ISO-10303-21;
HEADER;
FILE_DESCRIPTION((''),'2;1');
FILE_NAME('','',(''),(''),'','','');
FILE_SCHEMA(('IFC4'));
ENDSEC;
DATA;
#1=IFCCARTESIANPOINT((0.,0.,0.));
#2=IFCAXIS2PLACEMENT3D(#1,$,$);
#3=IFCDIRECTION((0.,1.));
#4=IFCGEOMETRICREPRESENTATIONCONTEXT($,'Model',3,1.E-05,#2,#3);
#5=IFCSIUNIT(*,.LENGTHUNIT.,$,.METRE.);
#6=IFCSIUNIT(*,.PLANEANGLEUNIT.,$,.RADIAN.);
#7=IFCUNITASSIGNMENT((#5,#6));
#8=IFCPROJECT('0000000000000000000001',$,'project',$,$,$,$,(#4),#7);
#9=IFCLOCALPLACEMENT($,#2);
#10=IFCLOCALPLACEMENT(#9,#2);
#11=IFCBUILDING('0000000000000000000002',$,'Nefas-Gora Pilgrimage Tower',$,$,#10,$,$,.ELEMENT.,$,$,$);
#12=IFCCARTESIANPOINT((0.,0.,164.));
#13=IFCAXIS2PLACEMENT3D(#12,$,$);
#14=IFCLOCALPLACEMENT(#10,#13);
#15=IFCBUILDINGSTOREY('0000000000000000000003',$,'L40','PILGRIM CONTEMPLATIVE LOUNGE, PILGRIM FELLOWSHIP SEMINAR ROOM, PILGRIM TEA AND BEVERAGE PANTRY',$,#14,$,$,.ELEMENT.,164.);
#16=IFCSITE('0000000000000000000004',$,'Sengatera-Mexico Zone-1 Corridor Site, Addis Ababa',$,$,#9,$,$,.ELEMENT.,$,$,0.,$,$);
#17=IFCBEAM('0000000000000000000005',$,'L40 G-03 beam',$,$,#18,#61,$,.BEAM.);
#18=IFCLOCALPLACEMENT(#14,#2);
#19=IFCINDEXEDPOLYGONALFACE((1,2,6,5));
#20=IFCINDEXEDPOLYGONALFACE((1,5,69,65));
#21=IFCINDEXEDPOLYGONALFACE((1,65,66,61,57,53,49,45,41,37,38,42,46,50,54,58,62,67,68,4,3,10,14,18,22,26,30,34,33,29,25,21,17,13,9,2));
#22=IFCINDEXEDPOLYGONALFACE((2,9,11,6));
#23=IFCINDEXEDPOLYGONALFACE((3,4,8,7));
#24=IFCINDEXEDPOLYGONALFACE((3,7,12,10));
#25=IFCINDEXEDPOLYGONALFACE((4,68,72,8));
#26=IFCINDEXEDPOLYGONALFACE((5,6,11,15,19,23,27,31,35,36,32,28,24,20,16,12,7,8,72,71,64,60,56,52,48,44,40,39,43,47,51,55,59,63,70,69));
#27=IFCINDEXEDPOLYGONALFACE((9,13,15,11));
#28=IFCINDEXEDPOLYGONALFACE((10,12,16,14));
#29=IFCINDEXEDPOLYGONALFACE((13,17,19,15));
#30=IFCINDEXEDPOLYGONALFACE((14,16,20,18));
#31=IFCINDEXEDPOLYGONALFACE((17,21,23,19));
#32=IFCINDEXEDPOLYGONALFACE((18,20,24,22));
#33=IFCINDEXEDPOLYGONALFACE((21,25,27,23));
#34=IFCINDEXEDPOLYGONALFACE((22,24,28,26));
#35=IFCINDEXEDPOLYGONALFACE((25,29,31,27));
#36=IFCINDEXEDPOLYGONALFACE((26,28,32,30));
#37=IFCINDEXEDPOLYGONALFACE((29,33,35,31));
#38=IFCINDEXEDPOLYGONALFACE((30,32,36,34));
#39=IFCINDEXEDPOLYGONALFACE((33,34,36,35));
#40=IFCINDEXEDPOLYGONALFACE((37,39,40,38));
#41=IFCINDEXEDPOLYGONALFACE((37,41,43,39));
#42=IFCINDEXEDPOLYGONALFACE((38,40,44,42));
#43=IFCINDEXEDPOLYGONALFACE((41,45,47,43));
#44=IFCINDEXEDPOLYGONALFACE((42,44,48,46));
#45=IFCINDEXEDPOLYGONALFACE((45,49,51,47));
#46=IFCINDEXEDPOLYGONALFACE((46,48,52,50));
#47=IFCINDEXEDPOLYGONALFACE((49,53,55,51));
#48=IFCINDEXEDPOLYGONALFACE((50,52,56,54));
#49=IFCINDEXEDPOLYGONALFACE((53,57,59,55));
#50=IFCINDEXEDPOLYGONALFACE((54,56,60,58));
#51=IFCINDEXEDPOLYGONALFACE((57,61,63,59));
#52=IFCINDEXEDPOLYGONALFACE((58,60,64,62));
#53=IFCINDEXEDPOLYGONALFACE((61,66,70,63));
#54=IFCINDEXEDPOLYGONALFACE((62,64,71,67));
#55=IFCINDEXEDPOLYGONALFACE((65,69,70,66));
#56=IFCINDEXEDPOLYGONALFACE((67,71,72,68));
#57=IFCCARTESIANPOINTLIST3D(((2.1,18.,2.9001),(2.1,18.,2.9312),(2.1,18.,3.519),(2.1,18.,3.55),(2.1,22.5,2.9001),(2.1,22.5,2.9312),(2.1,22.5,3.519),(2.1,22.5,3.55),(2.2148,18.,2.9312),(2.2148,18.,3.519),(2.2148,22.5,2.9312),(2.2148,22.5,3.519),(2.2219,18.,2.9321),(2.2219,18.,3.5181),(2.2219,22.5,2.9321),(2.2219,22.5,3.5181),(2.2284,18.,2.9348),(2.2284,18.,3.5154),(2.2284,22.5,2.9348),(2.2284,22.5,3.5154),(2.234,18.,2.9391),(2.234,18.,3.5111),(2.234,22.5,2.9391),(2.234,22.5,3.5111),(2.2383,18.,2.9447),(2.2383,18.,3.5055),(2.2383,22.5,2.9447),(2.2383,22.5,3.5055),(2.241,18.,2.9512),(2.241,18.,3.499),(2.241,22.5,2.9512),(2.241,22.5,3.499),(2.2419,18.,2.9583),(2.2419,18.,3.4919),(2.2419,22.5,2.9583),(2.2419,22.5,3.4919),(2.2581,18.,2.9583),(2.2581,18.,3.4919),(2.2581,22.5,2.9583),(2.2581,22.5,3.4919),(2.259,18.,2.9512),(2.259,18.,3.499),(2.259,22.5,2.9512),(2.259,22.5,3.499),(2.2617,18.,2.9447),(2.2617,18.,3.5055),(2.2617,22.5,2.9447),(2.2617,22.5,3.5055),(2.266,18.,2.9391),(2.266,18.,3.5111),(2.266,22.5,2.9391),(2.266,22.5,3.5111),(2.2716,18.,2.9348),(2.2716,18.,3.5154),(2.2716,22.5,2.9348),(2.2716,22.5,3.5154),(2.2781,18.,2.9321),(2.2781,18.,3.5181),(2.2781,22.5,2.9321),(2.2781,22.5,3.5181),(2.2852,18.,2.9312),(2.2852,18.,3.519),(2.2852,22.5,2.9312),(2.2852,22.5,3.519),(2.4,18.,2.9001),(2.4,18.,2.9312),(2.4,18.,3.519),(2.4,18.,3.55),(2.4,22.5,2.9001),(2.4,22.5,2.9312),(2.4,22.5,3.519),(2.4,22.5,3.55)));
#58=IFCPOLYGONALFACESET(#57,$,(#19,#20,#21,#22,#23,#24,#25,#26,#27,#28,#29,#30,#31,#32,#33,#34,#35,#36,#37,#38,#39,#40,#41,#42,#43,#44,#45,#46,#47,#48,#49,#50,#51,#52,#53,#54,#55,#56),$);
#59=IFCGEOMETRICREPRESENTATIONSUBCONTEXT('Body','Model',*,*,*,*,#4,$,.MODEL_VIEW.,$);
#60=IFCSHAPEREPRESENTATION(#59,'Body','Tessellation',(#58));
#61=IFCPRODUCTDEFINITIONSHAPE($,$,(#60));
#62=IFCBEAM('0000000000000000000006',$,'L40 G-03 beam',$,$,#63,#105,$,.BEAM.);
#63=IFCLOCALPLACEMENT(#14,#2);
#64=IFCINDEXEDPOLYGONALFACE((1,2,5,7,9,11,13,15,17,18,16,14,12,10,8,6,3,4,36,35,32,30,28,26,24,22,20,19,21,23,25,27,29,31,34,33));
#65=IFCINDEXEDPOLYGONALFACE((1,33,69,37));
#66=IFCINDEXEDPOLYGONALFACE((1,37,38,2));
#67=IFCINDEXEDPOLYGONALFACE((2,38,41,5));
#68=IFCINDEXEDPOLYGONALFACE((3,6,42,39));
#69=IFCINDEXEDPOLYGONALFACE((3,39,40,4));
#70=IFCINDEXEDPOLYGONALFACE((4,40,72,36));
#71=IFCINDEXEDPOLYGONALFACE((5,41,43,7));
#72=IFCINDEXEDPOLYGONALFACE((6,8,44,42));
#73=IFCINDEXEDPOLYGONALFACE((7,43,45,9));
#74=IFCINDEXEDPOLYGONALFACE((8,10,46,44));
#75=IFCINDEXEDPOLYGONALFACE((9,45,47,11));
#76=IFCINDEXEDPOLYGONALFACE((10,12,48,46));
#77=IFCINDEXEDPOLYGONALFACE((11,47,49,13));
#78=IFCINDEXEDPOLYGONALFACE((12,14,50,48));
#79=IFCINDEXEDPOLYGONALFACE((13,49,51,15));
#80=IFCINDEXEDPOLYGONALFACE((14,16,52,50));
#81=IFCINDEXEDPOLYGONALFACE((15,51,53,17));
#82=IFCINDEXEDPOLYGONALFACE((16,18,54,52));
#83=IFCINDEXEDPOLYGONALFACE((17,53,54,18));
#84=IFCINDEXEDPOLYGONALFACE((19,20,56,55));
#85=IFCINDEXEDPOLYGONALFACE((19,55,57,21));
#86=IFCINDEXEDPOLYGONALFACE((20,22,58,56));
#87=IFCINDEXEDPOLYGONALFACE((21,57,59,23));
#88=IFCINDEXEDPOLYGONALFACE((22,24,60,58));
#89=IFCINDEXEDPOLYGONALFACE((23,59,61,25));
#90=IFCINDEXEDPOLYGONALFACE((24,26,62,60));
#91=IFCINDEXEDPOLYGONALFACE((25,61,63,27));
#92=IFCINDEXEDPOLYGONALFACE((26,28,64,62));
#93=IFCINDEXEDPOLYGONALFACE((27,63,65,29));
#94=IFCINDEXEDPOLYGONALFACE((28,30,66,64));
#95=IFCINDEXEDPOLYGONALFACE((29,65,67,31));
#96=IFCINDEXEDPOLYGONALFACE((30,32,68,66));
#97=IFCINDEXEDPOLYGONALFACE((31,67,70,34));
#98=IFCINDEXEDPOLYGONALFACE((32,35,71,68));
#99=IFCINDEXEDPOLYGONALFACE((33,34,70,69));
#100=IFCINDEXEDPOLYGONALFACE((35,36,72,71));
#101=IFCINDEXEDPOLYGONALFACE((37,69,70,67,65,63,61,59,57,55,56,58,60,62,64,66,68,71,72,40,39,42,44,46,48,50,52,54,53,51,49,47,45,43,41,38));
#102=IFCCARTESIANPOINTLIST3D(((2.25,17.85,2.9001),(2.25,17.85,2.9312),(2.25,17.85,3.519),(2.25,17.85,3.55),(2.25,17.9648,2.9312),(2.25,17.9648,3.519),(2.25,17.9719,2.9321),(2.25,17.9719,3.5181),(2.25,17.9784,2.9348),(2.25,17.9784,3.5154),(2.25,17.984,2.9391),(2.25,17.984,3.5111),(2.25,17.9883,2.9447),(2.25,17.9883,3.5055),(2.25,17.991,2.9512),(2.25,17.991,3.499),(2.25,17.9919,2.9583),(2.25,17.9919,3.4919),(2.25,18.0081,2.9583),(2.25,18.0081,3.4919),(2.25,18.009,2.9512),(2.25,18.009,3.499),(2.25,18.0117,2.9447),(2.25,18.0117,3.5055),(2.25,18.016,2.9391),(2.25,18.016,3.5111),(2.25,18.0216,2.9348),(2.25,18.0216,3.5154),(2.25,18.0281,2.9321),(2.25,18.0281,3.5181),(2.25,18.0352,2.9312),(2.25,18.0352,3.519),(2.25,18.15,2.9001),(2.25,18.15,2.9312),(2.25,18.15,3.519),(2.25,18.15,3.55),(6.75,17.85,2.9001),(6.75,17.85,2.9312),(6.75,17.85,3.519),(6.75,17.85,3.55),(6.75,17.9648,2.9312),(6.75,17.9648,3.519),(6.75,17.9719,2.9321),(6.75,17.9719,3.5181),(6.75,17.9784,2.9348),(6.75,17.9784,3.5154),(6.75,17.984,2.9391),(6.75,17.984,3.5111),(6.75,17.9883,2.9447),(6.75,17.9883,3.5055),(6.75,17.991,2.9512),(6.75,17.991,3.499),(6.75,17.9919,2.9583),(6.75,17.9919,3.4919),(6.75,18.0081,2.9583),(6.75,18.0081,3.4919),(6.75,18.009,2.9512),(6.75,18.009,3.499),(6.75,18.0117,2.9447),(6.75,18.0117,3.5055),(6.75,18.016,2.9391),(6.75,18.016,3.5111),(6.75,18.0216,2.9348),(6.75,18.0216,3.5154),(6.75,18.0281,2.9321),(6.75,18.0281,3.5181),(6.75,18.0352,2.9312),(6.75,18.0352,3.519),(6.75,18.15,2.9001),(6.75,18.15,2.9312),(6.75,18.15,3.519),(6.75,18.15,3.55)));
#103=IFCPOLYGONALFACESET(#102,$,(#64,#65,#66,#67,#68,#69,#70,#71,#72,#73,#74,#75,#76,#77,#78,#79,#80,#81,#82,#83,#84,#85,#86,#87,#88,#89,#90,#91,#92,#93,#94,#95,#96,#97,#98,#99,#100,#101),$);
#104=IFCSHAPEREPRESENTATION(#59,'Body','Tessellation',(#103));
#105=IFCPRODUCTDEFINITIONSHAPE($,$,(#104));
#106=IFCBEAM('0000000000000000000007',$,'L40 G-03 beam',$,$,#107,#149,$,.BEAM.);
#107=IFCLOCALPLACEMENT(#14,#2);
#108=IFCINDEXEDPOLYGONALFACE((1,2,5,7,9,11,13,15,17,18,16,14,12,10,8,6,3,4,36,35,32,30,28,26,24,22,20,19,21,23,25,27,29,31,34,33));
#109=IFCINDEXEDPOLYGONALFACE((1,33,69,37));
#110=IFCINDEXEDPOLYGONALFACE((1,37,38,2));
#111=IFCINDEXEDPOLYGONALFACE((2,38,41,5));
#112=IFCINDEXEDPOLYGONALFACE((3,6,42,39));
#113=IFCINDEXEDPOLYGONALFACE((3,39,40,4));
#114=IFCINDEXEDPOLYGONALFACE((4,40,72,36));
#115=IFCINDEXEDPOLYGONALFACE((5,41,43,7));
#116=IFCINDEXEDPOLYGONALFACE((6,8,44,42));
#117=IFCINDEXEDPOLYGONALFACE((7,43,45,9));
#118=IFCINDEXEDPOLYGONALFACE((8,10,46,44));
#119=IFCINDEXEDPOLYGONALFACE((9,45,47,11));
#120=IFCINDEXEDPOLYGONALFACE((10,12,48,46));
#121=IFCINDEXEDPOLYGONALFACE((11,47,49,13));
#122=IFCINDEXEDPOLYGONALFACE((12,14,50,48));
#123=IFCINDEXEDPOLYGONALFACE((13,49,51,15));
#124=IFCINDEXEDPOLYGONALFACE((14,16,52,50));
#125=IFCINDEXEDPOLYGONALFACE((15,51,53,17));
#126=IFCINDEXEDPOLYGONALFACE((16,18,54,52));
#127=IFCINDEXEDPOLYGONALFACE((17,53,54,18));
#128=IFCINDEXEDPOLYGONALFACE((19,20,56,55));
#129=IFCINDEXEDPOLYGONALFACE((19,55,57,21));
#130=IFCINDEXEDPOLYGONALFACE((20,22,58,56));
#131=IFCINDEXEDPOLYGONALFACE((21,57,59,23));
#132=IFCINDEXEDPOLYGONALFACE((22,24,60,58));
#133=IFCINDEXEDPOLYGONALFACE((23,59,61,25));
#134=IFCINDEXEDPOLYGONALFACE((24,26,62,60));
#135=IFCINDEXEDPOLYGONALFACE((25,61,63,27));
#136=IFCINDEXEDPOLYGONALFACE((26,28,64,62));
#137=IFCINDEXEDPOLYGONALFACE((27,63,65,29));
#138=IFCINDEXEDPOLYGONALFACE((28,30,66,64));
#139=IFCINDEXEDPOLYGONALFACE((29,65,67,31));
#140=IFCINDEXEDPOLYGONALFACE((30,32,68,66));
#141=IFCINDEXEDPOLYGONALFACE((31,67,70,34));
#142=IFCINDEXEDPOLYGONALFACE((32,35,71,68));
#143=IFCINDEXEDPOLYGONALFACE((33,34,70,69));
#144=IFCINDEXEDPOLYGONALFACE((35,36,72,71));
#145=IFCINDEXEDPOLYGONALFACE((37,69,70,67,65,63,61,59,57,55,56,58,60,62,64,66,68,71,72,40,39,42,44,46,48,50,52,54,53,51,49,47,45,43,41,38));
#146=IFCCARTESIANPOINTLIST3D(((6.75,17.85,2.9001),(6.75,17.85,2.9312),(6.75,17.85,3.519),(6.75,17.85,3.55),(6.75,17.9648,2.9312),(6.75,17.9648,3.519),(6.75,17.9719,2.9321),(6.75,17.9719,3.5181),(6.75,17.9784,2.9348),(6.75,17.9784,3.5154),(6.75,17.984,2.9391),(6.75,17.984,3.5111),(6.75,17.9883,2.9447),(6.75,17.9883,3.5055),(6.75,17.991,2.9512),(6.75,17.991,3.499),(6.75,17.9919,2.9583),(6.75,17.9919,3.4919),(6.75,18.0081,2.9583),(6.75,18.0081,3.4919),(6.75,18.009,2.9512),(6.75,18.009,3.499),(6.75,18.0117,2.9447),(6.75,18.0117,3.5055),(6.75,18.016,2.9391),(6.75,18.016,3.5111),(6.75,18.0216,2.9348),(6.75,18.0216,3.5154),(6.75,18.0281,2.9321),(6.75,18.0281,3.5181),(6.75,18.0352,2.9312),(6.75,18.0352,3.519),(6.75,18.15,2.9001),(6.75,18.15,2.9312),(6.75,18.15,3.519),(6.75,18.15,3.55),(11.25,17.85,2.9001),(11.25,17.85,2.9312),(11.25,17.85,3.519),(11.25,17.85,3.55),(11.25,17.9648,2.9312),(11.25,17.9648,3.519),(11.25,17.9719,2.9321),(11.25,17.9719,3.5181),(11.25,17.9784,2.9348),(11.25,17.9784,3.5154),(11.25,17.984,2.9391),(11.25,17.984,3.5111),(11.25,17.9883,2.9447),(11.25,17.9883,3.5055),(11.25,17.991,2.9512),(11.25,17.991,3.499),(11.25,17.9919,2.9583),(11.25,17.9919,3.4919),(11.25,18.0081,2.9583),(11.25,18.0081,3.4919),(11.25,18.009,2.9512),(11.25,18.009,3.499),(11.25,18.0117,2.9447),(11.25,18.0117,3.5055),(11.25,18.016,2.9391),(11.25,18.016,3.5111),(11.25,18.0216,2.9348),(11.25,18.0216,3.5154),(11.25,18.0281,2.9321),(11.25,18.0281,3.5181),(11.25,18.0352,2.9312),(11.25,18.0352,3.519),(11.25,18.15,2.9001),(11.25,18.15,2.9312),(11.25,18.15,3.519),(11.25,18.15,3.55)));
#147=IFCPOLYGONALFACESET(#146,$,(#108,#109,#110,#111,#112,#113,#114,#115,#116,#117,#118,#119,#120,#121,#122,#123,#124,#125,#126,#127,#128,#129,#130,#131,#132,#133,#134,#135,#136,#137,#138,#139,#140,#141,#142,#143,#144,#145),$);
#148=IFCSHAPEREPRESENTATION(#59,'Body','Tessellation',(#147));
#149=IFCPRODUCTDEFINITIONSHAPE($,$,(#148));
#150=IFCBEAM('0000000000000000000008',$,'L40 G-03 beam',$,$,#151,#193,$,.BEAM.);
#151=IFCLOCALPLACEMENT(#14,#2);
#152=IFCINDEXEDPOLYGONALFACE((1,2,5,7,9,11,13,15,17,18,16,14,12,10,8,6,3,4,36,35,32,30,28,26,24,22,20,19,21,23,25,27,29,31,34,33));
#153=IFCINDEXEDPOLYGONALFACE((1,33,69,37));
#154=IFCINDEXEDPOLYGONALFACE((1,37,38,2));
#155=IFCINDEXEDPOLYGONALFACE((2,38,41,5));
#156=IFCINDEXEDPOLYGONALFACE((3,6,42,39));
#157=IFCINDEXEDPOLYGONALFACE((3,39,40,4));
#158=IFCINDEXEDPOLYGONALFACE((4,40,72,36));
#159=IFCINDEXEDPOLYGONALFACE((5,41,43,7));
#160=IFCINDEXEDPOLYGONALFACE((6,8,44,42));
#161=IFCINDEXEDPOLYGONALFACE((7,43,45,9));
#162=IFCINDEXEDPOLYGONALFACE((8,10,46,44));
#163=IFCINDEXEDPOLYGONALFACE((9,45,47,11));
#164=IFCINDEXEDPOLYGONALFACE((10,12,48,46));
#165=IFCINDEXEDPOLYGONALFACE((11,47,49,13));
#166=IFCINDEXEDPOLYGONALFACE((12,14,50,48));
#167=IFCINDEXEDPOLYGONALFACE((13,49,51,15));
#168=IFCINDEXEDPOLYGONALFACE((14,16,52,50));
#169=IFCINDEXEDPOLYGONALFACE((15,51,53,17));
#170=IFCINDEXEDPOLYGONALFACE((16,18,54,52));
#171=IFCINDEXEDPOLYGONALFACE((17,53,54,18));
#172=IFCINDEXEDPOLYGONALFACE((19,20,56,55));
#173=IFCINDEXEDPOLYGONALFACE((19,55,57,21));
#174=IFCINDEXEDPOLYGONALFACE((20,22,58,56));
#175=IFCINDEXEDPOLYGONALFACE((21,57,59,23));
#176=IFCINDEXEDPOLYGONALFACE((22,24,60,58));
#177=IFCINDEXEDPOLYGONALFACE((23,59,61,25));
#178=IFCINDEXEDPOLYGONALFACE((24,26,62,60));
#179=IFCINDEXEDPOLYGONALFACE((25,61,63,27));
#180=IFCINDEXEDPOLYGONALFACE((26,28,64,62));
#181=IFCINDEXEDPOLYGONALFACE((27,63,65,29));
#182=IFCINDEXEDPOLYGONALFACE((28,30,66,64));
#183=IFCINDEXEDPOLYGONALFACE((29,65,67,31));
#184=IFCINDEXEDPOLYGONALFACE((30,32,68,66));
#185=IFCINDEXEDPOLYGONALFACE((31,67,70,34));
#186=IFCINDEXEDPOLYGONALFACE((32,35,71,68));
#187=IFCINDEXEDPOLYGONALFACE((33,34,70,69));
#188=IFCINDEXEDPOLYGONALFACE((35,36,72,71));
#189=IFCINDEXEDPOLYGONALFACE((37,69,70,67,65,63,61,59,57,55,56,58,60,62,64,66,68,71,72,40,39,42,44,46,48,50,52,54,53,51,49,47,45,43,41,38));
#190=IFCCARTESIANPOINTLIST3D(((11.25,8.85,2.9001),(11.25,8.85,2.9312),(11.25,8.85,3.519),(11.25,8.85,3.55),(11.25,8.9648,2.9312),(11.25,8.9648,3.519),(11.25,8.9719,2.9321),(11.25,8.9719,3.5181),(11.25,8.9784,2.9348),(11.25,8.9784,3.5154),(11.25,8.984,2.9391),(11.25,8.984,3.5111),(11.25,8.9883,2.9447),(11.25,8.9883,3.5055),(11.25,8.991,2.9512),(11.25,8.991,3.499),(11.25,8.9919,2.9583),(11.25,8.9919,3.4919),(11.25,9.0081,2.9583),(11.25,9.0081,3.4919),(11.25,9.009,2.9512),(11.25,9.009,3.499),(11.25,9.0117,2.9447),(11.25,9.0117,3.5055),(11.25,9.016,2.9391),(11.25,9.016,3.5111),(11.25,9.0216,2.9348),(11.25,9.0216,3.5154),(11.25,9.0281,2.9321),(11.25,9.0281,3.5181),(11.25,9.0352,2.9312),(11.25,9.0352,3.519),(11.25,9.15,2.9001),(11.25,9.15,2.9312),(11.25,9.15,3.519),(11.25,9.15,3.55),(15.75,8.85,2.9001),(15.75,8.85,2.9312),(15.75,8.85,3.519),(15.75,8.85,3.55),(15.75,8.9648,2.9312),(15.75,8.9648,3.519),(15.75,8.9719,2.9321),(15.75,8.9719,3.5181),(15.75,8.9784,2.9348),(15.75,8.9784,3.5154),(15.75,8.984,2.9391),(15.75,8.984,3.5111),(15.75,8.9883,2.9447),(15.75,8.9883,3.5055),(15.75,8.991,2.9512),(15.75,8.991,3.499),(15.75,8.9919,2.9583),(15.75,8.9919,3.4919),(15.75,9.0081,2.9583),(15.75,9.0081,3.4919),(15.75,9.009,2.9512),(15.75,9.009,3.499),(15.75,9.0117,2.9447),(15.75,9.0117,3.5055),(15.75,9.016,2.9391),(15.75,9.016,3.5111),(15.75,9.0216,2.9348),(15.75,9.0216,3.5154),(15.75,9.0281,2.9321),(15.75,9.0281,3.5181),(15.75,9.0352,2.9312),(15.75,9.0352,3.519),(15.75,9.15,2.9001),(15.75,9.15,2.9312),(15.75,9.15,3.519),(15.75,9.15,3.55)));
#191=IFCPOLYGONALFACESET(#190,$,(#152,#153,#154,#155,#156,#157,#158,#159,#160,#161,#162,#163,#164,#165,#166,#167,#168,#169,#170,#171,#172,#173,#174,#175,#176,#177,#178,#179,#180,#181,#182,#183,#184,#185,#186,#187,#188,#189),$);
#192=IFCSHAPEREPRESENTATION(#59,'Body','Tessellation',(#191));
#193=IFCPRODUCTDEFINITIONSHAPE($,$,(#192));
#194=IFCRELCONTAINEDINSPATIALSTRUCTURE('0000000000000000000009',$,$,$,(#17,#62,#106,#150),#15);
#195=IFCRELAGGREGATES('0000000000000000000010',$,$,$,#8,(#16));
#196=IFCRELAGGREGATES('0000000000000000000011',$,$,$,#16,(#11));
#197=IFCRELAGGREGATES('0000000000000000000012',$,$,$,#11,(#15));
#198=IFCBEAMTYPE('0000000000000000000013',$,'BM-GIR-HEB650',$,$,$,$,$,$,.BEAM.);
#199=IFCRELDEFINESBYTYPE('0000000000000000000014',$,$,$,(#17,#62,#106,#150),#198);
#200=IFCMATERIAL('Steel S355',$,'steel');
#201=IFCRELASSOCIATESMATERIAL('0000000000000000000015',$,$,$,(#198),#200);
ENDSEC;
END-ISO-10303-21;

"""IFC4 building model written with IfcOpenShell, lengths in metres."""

from ifc_helpers import new_model, si_unit, direction, frame, origin, origin_2d, place, context, subcontext, project, spatial, i_section, extrude, source, transform, mapped, material, material_profile, profile_set, type_object, element, save


model = new_model("IFC4")

# Units and contexts
model_context = context("Model", 3, precision=1e-05, world=origin(), true_north=direction((0.0, 1.0)))
body_context = subcontext(model_context, "Body", "Model", "MODEL_VIEW")
ifc_project = project(units=[si_unit("LENGTHUNIT", "METRE"), si_unit("PLANEANGLEUNIT", "RADIAN")], contexts=[model_context])

# Site, building, storey
site_placement = place(None, origin())
site = spatial("IfcSite", under=ifc_project, at=site_placement, Name="Sengatera-Mexico Zone-1 Corridor Site, Addis Ababa", CompositionType="ELEMENT", RefElevation=0.0)
building_placement = place(site_placement, origin())
building = spatial("IfcBuilding", under=site, at=building_placement, Name="Nefas-Gora Pilgrimage Tower", CompositionType="ELEMENT")
storey_placement = place(building_placement, frame((0.0, 0.0, 164.0)))
storey = spatial("IfcBuildingStorey", under=building, at=storey_placement, Name="L40", Description="PILGRIM CONTEMPLATIVE LOUNGE, PILGRIM FELLOWSHIP SEMINAR ROOM, PILGRIM TEA AND BEVERAGE PANTRY", CompositionType="ELEMENT", Elevation=164.0)

# Beams
ifc_material_1 = material(Name="Steel S355", Category="steel")
ifc_material_profile_1 = material_profile(ifc_material_1, i_section(OverallWidth=0.3, OverallDepth=0.6499, WebThickness=0.0161, FlangeThickness=0.031, FilletRadius=0.0271, at=origin_2d()), Name="HEB 650")
ifc_profile_set_1 = profile_set([ifc_material_profile_1], Name="Steel S355")
beam_type = type_object("IfcBeamType", Name="BM-GIR-HEB650", PredefinedType="BEAM", material=ifc_profile_set_1)
shared_shape_1 = source(origin(), body_context, "Body", "SweptSolid", [
    extrude(i_section(OverallWidth=0.3, OverallDepth=0.6499, WebThickness=0.0161, FlangeThickness=0.031, FilletRadius=0.0271, at=origin_2d()), origin(), (0.0, 0.0, 1.0), 4.5),
])
for number, where, z_axis, x_axis, name in (
    (1, (2.25, 18.0, 3.2251), (0.0, 1.0, 0.0), (-1.0, 0.0, 0.0), "L40 G-03 beam"),
    (2, (2.25, 18.0, 3.2251), (1.0, 0.0, 0.0), (0.0, 1.0, 0.0), "L40 G-03 beam"),
    (3, (6.75, 18.0, 3.2251), (1.0, 0.0, 0.0), (0.0, 1.0, 0.0), "L40 G-03 beam"),
    (4, (11.25, 9.0, 3.2251), (1.0, 0.0, 0.0), (0.0, 1.0, 0.0), "L40 G-03 beam"),
):
    element("IfcBeam", number, at=place(storey_placement, frame(where, z_axis=z_axis, x_axis=x_axis)), inside=storey, type_object=beam_type, Name=name, PredefinedType="BEAM", context=body_context, shape_type="MappedRepresentation", body=[
        mapped(shared_shape_1, transform((0.0, 0.0, 0.0), x_axis=(1.0, 0.0, 0.0), y_axis=(0.0, 1.0, 0.0), z_axis=(0.0, 0.0, 1.0), scale=1.0)),
    ])

save(model, "model.ifc")
